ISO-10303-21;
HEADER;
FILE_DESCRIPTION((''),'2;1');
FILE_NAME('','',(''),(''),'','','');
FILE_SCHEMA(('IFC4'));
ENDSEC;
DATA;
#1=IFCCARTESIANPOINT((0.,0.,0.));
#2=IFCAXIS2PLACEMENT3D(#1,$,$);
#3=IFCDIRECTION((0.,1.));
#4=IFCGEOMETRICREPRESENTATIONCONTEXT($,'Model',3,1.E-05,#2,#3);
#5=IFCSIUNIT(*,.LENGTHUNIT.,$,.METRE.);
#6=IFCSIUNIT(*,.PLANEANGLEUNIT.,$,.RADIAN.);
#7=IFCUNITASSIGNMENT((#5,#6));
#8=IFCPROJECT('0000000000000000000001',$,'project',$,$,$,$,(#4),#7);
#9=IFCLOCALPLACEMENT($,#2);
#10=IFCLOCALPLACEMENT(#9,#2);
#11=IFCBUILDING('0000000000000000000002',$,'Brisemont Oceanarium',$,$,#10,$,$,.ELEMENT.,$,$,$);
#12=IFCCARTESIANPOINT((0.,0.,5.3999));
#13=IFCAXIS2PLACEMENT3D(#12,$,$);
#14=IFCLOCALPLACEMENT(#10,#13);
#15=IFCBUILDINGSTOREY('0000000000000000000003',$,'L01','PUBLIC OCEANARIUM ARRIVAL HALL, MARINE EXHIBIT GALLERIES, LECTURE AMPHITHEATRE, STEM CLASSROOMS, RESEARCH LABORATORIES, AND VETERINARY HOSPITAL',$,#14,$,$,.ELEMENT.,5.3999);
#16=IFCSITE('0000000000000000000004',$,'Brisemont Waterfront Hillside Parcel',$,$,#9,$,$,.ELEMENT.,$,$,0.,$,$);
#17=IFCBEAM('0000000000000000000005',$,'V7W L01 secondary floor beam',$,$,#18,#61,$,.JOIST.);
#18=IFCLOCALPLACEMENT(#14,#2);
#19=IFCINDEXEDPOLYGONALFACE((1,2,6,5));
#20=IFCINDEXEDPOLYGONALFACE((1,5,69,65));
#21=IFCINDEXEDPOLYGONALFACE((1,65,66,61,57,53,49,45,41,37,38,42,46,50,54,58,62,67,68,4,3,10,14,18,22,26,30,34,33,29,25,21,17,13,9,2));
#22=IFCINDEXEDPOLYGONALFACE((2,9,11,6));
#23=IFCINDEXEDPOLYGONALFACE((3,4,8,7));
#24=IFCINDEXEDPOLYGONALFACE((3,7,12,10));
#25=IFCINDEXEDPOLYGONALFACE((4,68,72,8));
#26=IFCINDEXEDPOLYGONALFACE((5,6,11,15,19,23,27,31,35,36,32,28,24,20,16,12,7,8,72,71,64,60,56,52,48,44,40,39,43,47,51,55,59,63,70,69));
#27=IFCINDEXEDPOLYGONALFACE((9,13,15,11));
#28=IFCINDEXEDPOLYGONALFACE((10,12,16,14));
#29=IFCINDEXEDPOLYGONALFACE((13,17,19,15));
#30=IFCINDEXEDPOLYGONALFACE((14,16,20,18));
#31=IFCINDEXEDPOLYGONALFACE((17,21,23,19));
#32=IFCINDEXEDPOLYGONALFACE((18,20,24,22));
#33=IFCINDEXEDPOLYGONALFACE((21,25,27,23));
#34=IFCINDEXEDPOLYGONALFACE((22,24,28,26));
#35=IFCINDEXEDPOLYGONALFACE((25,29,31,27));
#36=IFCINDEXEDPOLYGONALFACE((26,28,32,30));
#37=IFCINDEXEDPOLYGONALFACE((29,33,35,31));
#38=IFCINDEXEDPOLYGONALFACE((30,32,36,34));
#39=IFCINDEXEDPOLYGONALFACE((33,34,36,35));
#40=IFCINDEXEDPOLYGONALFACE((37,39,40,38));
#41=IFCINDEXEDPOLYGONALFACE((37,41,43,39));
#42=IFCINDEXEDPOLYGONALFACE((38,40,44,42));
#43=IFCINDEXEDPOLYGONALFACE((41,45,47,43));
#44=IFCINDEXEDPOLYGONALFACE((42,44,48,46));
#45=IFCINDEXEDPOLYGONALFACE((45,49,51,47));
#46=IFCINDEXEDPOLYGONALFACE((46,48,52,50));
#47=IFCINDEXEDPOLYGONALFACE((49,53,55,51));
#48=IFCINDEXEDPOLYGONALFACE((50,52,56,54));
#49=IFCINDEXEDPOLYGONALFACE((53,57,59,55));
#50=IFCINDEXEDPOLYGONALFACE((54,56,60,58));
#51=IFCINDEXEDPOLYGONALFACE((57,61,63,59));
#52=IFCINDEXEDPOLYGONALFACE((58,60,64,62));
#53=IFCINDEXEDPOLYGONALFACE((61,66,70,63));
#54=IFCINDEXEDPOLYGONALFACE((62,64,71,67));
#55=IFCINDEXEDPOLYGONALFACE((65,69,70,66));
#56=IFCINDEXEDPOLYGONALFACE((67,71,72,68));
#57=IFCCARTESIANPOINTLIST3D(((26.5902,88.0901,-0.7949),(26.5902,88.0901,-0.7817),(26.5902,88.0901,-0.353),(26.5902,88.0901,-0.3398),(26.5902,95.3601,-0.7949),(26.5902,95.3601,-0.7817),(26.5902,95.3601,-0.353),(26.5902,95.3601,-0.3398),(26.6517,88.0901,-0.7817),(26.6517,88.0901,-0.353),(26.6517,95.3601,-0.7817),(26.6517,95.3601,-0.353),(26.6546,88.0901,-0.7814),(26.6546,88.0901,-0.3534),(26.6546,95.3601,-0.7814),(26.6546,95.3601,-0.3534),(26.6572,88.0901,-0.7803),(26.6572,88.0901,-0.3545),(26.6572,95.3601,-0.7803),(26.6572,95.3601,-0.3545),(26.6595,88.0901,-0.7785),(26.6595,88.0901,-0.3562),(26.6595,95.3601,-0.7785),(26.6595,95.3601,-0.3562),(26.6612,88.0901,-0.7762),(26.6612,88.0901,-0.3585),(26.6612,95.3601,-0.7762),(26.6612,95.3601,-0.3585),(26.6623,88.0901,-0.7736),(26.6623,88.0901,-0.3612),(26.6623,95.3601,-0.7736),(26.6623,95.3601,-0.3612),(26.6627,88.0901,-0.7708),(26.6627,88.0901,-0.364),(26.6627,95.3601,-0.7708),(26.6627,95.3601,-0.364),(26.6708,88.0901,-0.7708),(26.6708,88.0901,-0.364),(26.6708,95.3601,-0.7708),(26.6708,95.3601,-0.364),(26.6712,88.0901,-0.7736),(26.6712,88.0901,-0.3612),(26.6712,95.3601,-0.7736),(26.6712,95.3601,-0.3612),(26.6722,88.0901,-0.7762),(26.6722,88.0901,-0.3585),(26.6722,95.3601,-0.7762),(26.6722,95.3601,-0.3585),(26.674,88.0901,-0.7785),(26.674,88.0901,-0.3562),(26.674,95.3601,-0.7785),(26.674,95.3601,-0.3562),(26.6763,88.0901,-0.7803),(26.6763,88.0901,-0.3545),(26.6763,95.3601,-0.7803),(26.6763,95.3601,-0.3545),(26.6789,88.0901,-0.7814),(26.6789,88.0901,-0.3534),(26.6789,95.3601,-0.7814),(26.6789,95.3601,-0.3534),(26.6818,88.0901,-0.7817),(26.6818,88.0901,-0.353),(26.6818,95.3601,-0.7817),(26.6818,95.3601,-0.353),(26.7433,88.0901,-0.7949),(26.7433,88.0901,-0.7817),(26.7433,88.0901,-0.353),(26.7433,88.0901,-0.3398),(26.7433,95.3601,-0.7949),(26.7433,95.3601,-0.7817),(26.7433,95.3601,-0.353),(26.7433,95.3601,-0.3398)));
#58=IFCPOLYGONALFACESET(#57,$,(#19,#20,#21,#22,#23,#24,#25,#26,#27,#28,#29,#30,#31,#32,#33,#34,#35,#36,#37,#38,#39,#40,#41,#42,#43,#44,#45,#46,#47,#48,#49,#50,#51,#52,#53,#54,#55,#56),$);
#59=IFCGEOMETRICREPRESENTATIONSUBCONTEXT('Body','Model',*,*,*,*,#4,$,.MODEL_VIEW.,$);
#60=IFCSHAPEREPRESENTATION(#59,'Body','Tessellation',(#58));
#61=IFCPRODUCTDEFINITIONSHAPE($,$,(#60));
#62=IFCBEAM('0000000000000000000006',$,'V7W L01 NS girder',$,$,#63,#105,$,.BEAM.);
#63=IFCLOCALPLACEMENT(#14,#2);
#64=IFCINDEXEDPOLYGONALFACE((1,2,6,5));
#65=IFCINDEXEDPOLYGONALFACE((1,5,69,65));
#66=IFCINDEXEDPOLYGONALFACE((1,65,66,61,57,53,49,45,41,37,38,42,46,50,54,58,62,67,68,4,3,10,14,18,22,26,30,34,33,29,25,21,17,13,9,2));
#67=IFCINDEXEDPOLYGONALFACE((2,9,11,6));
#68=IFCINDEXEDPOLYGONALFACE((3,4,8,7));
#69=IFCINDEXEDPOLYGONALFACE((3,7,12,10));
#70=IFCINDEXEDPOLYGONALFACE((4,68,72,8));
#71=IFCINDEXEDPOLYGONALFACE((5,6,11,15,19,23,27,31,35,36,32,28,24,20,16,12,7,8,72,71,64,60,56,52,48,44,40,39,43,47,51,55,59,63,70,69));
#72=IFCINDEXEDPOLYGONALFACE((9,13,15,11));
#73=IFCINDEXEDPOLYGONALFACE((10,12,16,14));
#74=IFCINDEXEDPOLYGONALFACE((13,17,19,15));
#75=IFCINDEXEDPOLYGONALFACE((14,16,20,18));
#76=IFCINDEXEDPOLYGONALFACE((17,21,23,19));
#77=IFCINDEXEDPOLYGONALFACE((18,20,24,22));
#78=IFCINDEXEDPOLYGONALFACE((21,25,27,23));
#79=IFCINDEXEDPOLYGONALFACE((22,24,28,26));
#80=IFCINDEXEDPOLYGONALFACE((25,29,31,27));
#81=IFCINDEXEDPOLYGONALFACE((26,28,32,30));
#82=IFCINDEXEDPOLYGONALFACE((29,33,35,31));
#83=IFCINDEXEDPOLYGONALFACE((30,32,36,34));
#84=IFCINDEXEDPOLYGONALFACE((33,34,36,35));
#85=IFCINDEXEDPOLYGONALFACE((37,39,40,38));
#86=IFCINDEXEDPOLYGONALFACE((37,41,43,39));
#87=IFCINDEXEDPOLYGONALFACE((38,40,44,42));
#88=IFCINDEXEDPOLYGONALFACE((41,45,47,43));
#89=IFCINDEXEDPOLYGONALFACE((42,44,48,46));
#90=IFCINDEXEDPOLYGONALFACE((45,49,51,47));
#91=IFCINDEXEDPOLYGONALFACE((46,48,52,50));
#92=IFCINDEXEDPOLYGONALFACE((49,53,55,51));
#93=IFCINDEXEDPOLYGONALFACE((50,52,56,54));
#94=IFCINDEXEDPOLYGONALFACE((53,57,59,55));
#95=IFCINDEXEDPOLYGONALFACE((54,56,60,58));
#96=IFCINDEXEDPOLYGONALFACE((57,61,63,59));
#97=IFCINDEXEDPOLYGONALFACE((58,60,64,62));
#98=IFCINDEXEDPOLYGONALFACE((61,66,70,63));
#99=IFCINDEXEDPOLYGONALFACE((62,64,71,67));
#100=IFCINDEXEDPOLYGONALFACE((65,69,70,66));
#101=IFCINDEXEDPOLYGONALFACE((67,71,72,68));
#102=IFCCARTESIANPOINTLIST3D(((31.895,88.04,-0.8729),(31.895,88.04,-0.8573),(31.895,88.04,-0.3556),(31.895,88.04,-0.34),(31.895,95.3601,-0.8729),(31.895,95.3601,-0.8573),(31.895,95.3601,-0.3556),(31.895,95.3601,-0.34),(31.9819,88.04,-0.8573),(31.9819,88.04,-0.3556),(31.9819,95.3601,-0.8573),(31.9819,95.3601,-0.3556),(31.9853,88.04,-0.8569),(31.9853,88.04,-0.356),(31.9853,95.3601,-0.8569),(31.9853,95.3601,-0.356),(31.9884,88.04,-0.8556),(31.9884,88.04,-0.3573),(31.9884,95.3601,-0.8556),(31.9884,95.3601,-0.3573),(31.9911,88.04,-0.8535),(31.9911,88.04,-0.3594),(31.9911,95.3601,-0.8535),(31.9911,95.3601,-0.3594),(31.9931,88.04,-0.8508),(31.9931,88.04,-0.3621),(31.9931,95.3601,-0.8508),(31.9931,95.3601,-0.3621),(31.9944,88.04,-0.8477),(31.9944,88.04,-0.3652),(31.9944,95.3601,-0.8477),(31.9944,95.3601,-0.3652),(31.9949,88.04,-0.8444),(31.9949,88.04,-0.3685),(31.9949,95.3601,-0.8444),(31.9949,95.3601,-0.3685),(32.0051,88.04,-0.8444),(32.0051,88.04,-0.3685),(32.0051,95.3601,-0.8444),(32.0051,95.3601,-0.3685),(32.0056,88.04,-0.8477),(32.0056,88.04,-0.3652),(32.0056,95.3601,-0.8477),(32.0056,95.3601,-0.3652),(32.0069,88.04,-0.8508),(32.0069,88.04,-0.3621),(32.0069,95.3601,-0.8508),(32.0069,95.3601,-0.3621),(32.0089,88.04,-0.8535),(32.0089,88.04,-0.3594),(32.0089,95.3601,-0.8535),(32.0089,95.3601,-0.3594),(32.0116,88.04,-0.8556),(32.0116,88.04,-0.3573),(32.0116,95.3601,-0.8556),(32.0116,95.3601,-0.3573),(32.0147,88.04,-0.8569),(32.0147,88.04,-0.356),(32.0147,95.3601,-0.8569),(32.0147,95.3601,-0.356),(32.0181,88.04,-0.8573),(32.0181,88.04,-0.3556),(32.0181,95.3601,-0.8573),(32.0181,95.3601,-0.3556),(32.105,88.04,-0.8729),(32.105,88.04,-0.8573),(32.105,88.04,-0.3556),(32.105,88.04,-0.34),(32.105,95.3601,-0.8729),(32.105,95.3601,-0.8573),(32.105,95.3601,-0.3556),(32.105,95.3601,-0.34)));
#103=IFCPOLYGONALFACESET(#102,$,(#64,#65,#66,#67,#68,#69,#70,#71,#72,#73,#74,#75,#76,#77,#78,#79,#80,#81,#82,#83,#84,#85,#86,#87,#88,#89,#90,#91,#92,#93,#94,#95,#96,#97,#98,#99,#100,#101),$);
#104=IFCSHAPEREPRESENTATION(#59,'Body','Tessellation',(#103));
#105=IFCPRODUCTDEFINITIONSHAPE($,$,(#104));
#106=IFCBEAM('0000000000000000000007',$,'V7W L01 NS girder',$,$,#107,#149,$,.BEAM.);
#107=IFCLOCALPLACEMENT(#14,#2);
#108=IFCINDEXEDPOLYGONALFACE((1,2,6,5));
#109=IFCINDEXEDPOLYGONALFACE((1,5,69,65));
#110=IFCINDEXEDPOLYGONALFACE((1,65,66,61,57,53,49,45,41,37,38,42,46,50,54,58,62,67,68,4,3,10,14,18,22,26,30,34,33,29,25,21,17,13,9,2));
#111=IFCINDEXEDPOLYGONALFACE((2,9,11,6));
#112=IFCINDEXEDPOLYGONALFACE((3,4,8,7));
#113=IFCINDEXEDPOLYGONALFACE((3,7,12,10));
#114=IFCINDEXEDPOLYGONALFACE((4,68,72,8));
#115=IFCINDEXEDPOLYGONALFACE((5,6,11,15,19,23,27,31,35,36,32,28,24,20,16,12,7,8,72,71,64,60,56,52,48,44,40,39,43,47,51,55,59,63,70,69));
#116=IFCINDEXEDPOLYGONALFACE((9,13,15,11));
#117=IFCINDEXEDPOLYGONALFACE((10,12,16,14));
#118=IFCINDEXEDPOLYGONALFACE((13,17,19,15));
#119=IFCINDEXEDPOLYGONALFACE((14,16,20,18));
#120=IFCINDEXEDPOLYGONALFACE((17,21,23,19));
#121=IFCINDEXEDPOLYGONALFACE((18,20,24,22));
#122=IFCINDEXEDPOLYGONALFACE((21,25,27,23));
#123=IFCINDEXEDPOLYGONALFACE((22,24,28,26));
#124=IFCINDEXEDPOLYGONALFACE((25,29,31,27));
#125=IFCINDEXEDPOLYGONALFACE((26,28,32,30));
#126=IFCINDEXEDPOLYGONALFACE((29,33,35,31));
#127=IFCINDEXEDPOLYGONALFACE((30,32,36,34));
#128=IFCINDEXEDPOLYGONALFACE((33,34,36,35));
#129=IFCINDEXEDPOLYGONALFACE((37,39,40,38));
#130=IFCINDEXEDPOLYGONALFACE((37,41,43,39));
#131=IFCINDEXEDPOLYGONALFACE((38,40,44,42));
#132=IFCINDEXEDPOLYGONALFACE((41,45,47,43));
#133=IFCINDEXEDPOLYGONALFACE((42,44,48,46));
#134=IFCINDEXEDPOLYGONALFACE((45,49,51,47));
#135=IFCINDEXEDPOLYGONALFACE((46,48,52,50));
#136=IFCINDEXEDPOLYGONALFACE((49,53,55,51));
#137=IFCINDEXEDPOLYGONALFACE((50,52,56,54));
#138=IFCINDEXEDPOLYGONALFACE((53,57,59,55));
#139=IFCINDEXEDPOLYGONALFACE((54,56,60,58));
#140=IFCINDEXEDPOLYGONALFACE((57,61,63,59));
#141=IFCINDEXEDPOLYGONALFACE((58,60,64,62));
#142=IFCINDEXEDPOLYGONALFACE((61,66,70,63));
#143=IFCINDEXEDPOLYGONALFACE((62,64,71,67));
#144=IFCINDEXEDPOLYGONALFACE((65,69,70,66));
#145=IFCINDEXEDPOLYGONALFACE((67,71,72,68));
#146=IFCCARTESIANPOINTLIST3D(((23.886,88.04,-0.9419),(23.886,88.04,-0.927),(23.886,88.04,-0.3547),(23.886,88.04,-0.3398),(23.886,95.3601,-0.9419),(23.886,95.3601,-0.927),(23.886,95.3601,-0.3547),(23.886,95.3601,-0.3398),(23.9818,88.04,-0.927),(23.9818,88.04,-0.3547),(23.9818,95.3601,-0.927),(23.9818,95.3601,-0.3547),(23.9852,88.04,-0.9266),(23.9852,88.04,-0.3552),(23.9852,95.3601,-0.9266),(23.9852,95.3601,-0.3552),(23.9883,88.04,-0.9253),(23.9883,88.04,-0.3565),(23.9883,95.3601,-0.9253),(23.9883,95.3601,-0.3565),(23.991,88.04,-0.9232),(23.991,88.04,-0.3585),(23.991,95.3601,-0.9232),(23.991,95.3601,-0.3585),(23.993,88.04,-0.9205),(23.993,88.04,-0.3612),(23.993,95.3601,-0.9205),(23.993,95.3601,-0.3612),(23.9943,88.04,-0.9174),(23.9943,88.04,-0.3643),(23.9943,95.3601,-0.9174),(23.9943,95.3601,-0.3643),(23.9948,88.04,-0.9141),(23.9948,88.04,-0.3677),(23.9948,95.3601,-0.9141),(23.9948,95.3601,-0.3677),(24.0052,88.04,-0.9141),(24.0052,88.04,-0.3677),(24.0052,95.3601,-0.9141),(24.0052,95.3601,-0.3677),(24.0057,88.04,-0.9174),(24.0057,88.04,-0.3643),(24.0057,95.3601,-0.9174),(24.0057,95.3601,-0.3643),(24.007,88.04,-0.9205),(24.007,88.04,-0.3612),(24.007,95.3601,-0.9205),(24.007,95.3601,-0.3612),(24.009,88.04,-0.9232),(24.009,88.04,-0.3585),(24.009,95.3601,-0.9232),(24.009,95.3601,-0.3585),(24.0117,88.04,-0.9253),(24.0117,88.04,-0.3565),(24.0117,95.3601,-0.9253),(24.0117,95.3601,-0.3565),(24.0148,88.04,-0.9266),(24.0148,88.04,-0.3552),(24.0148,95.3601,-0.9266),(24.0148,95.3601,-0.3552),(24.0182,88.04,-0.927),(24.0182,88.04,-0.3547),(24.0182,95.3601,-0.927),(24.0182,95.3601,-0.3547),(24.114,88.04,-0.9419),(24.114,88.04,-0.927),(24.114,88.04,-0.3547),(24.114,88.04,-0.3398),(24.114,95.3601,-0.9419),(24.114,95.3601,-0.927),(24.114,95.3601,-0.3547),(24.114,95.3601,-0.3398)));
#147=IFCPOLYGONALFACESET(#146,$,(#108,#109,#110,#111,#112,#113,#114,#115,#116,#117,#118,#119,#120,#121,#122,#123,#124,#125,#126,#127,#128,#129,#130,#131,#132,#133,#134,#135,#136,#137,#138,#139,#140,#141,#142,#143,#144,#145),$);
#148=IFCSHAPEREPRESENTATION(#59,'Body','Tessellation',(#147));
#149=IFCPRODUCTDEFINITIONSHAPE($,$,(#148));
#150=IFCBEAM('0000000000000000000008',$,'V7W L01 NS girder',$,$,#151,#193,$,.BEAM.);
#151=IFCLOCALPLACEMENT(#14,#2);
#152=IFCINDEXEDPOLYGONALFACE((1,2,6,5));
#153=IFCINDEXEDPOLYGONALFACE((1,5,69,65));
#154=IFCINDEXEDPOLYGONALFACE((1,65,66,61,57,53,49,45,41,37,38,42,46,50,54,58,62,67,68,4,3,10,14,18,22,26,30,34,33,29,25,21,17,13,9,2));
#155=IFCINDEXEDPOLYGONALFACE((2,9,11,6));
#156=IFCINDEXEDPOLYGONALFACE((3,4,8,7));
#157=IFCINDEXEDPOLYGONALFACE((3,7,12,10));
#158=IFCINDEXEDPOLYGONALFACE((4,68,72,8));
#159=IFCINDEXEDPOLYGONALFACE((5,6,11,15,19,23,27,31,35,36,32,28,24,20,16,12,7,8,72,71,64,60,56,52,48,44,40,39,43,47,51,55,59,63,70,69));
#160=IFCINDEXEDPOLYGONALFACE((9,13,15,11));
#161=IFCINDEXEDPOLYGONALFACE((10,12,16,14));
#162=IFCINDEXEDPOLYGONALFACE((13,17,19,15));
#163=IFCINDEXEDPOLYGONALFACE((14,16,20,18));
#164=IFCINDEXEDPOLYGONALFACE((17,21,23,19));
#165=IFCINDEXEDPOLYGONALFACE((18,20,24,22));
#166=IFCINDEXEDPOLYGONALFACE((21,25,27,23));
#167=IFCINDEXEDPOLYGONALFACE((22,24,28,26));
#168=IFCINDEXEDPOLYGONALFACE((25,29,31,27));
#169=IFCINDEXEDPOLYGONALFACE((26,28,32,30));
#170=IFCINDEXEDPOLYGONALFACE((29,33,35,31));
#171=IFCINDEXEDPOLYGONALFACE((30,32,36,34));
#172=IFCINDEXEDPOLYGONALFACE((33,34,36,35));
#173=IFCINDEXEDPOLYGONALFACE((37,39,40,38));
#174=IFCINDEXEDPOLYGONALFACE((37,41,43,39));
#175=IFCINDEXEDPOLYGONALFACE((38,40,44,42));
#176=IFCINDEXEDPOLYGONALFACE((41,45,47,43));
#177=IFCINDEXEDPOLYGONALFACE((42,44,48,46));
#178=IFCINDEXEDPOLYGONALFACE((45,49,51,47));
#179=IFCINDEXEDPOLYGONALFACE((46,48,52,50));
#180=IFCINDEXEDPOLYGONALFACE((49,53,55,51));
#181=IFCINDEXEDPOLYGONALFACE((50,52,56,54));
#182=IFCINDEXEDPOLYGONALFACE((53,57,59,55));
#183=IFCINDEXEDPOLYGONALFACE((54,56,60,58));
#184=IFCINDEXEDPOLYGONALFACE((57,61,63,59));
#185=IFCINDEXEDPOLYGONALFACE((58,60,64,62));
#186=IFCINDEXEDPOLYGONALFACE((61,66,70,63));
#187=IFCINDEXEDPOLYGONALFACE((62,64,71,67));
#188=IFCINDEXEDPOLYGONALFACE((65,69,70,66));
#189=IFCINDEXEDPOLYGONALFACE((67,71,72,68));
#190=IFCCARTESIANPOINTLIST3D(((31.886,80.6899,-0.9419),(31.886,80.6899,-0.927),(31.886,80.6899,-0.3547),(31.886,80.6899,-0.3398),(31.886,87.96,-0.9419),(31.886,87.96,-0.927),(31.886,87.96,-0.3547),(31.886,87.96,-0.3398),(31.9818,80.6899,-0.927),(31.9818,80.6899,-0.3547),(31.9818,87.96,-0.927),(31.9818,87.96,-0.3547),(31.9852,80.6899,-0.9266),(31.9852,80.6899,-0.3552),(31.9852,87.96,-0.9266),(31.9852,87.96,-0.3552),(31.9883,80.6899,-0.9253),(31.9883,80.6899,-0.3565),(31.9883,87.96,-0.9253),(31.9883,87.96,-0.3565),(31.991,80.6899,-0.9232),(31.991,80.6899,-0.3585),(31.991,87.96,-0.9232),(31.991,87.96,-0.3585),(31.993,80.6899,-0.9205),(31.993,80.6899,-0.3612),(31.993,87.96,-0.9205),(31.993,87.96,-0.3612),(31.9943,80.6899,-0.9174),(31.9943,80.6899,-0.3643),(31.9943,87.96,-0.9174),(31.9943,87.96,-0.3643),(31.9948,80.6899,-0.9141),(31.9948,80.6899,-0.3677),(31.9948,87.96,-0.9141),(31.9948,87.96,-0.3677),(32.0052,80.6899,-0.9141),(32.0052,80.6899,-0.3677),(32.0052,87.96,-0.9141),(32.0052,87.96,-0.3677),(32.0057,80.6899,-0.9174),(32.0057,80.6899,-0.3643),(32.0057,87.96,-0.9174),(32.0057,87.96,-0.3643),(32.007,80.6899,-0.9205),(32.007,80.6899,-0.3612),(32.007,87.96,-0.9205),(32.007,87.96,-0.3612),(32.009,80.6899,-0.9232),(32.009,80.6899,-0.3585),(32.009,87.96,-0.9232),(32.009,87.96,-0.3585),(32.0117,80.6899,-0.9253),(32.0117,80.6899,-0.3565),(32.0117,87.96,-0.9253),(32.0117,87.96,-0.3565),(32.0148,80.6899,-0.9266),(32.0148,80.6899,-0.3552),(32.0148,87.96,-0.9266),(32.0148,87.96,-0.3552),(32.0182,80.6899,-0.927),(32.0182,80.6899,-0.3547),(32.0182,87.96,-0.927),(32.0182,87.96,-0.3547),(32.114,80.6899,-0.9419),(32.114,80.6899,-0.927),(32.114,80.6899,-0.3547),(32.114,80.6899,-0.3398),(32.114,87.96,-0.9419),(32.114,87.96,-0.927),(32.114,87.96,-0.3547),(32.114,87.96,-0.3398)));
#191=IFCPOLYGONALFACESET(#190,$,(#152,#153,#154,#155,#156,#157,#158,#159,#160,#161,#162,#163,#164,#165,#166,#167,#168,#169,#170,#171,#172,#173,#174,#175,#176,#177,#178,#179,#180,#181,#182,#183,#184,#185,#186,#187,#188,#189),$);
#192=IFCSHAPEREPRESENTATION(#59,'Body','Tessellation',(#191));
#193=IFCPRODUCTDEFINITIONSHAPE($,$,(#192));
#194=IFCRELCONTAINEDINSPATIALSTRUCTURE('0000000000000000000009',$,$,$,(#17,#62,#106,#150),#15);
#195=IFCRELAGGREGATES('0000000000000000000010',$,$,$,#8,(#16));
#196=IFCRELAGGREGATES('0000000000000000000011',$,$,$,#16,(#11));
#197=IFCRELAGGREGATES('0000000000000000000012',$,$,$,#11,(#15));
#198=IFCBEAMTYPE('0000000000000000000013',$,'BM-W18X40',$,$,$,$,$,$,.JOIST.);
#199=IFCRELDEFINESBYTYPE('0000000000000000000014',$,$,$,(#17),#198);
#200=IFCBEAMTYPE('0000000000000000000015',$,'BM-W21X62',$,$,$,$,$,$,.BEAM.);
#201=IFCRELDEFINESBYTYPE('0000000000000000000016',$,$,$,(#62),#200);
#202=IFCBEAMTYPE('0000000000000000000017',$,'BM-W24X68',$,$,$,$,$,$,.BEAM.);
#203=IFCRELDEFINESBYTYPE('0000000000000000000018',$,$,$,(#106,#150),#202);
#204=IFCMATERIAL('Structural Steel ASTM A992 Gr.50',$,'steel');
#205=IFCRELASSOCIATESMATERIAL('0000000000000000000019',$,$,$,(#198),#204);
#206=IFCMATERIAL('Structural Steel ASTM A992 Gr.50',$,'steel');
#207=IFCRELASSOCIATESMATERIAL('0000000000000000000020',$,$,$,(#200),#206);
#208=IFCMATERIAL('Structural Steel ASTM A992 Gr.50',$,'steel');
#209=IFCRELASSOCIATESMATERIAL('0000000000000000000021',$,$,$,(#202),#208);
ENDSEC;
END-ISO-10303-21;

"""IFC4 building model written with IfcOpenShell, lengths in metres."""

from ifc_helpers import new_model, si_unit, direction, frame, origin, origin_2d, place, context, subcontext, project, spatial, i_section, extrude, material, material_profile, profile_set, type_object, element, save


model = new_model("IFC4")

# Units and contexts
model_context = context("Model", 3, precision=1e-05, world=origin(), true_north=direction((0.0, 1.0)))
body_context = subcontext(model_context, "Body", "Model", "MODEL_VIEW")
ifc_project = project(units=[si_unit("LENGTHUNIT", "METRE"), si_unit("PLANEANGLEUNIT", "RADIAN")], contexts=[model_context])

# Site, building, storey
site_placement = place(None, origin())
site = spatial("IfcSite", under=ifc_project, at=site_placement, Name="Brisemont Waterfront Hillside Parcel", CompositionType="ELEMENT", RefElevation=0.0)
building_placement = place(site_placement, origin())
building = spatial("IfcBuilding", under=site, at=building_placement, Name="Brisemont Oceanarium", CompositionType="ELEMENT")
storey_placement = place(building_placement, frame((0.0, 0.0, 5.3999)))
storey = spatial("IfcBuildingStorey", under=building, at=storey_placement, Name="L01", Description="PUBLIC OCEANARIUM ARRIVAL HALL, MARINE EXHIBIT GALLERIES, LECTURE AMPHITHEATRE, STEM CLASSROOMS, RESEARCH LABORATORIES, AND VETERINARY HOSPITAL", CompositionType="ELEMENT", Elevation=5.3999)

# Beams
ifc_material_1 = material(Name="Structural Steel ASTM A992 Gr.50", Category="steel")
ifc_material_profile_1 = material_profile(ifc_material_1, i_section(OverallWidth=0.1531, OverallDepth=0.4551, WebThickness=0.0081, FlangeThickness=0.0132, FilletRadius=0.011, at=origin_2d()), Name="W18X40")
ifc_profile_set_1 = profile_set([ifc_material_profile_1], Name="Structural Steel ASTM A992 Gr.50")
beam_type_1 = type_object("IfcBeamType", Name="BM-W18X40", PredefinedType="JOIST", material=ifc_profile_set_1)
beam_1_placement = place(storey_placement, frame((26.6667, 88.0901, -0.5674), z_axis=(0.0, 1.0, 0.0), x_axis=(-1.0, 0.0, 0.0)))
element("IfcBeam", 1, at=beam_1_placement, inside=storey, type_object=beam_type_1, Name="V7W L01 secondary floor beam", PredefinedType="JOIST", context=body_context, shape_type="SweptSolid", body=[
    extrude(i_section(OverallWidth=0.1531, OverallDepth=0.4551, WebThickness=0.0081, FlangeThickness=0.0132, FilletRadius=0.011, at=origin_2d()), origin(), (0.0, 0.0, 1.0), 7.27),
])
ifc_material_2 = material(Name="Structural Steel ASTM A992 Gr.50", Category="steel")
ifc_material_profile_2 = material_profile(ifc_material_2, i_section(OverallWidth=0.21, OverallDepth=0.533, WebThickness=0.0103, FlangeThickness=0.0156, FilletRadius=0.0129, at=origin_2d()), Name="W21X62")
ifc_profile_set_2 = profile_set([ifc_material_profile_2], Name="Structural Steel ASTM A992 Gr.50")
beam_type_2 = type_object("IfcBeamType", Name="BM-W21X62", PredefinedType="BEAM", material=ifc_profile_set_2)
beam_2_placement = place(storey_placement, frame((32.0, 88.04, -0.6064), z_axis=(0.0, 1.0, 0.0), x_axis=(-1.0, 0.0, 0.0)))
element("IfcBeam", 2, at=beam_2_placement, inside=storey, type_object=beam_type_2, Name="V7W L01 NS girder", PredefinedType="BEAM", context=body_context, shape_type="SweptSolid", body=[
    extrude(i_section(OverallWidth=0.21, OverallDepth=0.533, WebThickness=0.0103, FlangeThickness=0.0156, FilletRadius=0.0129, at=origin_2d()), origin(), (0.0, 0.0, 1.0), 7.3201),
])
ifc_material_3 = material(Name="Structural Steel ASTM A992 Gr.50", Category="steel")
ifc_material_profile_3 = material_profile(ifc_material_3, i_section(OverallWidth=0.228, OverallDepth=0.6021, WebThickness=0.0105, FlangeThickness=0.0149, FilletRadius=0.0129, at=origin_2d()), Name="W24X68")
ifc_profile_set_3 = profile_set([ifc_material_profile_3], Name="Structural Steel ASTM A992 Gr.50")
beam_type_3 = type_object("IfcBeamType", Name="BM-W24X68", PredefinedType="BEAM", material=ifc_profile_set_3)
beam_3_placement = place(storey_placement, frame((24.0, 88.04, -0.6409), z_axis=(0.0, 1.0, 0.0), x_axis=(-1.0, 0.0, 0.0)))
element("IfcBeam", 3, at=beam_3_placement, inside=storey, type_object=beam_type_3, Name="V7W L01 NS girder", PredefinedType="BEAM", context=body_context, shape_type="SweptSolid", body=[
    extrude(i_section(OverallWidth=0.228, OverallDepth=0.6021, WebThickness=0.0105, FlangeThickness=0.0149, FilletRadius=0.0129, at=origin_2d()), origin(), (0.0, 0.0, 1.0), 7.3201),
])
beam_4_placement = place(storey_placement, frame((32.0, 80.6899, -0.6409), z_axis=(0.0, 1.0, 0.0), x_axis=(-1.0, 0.0, 0.0)))
element("IfcBeam", 4, at=beam_4_placement, inside=storey, type_object=beam_type_3, Name="V7W L01 NS girder", PredefinedType="BEAM", context=body_context, shape_type="SweptSolid", body=[
    extrude(i_section(OverallWidth=0.228, OverallDepth=0.6021, WebThickness=0.0105, FlangeThickness=0.0149, FilletRadius=0.0129, at=origin_2d()), origin(), (0.0, 0.0, 1.0), 7.27),
])

save(model, "model.ifc")
